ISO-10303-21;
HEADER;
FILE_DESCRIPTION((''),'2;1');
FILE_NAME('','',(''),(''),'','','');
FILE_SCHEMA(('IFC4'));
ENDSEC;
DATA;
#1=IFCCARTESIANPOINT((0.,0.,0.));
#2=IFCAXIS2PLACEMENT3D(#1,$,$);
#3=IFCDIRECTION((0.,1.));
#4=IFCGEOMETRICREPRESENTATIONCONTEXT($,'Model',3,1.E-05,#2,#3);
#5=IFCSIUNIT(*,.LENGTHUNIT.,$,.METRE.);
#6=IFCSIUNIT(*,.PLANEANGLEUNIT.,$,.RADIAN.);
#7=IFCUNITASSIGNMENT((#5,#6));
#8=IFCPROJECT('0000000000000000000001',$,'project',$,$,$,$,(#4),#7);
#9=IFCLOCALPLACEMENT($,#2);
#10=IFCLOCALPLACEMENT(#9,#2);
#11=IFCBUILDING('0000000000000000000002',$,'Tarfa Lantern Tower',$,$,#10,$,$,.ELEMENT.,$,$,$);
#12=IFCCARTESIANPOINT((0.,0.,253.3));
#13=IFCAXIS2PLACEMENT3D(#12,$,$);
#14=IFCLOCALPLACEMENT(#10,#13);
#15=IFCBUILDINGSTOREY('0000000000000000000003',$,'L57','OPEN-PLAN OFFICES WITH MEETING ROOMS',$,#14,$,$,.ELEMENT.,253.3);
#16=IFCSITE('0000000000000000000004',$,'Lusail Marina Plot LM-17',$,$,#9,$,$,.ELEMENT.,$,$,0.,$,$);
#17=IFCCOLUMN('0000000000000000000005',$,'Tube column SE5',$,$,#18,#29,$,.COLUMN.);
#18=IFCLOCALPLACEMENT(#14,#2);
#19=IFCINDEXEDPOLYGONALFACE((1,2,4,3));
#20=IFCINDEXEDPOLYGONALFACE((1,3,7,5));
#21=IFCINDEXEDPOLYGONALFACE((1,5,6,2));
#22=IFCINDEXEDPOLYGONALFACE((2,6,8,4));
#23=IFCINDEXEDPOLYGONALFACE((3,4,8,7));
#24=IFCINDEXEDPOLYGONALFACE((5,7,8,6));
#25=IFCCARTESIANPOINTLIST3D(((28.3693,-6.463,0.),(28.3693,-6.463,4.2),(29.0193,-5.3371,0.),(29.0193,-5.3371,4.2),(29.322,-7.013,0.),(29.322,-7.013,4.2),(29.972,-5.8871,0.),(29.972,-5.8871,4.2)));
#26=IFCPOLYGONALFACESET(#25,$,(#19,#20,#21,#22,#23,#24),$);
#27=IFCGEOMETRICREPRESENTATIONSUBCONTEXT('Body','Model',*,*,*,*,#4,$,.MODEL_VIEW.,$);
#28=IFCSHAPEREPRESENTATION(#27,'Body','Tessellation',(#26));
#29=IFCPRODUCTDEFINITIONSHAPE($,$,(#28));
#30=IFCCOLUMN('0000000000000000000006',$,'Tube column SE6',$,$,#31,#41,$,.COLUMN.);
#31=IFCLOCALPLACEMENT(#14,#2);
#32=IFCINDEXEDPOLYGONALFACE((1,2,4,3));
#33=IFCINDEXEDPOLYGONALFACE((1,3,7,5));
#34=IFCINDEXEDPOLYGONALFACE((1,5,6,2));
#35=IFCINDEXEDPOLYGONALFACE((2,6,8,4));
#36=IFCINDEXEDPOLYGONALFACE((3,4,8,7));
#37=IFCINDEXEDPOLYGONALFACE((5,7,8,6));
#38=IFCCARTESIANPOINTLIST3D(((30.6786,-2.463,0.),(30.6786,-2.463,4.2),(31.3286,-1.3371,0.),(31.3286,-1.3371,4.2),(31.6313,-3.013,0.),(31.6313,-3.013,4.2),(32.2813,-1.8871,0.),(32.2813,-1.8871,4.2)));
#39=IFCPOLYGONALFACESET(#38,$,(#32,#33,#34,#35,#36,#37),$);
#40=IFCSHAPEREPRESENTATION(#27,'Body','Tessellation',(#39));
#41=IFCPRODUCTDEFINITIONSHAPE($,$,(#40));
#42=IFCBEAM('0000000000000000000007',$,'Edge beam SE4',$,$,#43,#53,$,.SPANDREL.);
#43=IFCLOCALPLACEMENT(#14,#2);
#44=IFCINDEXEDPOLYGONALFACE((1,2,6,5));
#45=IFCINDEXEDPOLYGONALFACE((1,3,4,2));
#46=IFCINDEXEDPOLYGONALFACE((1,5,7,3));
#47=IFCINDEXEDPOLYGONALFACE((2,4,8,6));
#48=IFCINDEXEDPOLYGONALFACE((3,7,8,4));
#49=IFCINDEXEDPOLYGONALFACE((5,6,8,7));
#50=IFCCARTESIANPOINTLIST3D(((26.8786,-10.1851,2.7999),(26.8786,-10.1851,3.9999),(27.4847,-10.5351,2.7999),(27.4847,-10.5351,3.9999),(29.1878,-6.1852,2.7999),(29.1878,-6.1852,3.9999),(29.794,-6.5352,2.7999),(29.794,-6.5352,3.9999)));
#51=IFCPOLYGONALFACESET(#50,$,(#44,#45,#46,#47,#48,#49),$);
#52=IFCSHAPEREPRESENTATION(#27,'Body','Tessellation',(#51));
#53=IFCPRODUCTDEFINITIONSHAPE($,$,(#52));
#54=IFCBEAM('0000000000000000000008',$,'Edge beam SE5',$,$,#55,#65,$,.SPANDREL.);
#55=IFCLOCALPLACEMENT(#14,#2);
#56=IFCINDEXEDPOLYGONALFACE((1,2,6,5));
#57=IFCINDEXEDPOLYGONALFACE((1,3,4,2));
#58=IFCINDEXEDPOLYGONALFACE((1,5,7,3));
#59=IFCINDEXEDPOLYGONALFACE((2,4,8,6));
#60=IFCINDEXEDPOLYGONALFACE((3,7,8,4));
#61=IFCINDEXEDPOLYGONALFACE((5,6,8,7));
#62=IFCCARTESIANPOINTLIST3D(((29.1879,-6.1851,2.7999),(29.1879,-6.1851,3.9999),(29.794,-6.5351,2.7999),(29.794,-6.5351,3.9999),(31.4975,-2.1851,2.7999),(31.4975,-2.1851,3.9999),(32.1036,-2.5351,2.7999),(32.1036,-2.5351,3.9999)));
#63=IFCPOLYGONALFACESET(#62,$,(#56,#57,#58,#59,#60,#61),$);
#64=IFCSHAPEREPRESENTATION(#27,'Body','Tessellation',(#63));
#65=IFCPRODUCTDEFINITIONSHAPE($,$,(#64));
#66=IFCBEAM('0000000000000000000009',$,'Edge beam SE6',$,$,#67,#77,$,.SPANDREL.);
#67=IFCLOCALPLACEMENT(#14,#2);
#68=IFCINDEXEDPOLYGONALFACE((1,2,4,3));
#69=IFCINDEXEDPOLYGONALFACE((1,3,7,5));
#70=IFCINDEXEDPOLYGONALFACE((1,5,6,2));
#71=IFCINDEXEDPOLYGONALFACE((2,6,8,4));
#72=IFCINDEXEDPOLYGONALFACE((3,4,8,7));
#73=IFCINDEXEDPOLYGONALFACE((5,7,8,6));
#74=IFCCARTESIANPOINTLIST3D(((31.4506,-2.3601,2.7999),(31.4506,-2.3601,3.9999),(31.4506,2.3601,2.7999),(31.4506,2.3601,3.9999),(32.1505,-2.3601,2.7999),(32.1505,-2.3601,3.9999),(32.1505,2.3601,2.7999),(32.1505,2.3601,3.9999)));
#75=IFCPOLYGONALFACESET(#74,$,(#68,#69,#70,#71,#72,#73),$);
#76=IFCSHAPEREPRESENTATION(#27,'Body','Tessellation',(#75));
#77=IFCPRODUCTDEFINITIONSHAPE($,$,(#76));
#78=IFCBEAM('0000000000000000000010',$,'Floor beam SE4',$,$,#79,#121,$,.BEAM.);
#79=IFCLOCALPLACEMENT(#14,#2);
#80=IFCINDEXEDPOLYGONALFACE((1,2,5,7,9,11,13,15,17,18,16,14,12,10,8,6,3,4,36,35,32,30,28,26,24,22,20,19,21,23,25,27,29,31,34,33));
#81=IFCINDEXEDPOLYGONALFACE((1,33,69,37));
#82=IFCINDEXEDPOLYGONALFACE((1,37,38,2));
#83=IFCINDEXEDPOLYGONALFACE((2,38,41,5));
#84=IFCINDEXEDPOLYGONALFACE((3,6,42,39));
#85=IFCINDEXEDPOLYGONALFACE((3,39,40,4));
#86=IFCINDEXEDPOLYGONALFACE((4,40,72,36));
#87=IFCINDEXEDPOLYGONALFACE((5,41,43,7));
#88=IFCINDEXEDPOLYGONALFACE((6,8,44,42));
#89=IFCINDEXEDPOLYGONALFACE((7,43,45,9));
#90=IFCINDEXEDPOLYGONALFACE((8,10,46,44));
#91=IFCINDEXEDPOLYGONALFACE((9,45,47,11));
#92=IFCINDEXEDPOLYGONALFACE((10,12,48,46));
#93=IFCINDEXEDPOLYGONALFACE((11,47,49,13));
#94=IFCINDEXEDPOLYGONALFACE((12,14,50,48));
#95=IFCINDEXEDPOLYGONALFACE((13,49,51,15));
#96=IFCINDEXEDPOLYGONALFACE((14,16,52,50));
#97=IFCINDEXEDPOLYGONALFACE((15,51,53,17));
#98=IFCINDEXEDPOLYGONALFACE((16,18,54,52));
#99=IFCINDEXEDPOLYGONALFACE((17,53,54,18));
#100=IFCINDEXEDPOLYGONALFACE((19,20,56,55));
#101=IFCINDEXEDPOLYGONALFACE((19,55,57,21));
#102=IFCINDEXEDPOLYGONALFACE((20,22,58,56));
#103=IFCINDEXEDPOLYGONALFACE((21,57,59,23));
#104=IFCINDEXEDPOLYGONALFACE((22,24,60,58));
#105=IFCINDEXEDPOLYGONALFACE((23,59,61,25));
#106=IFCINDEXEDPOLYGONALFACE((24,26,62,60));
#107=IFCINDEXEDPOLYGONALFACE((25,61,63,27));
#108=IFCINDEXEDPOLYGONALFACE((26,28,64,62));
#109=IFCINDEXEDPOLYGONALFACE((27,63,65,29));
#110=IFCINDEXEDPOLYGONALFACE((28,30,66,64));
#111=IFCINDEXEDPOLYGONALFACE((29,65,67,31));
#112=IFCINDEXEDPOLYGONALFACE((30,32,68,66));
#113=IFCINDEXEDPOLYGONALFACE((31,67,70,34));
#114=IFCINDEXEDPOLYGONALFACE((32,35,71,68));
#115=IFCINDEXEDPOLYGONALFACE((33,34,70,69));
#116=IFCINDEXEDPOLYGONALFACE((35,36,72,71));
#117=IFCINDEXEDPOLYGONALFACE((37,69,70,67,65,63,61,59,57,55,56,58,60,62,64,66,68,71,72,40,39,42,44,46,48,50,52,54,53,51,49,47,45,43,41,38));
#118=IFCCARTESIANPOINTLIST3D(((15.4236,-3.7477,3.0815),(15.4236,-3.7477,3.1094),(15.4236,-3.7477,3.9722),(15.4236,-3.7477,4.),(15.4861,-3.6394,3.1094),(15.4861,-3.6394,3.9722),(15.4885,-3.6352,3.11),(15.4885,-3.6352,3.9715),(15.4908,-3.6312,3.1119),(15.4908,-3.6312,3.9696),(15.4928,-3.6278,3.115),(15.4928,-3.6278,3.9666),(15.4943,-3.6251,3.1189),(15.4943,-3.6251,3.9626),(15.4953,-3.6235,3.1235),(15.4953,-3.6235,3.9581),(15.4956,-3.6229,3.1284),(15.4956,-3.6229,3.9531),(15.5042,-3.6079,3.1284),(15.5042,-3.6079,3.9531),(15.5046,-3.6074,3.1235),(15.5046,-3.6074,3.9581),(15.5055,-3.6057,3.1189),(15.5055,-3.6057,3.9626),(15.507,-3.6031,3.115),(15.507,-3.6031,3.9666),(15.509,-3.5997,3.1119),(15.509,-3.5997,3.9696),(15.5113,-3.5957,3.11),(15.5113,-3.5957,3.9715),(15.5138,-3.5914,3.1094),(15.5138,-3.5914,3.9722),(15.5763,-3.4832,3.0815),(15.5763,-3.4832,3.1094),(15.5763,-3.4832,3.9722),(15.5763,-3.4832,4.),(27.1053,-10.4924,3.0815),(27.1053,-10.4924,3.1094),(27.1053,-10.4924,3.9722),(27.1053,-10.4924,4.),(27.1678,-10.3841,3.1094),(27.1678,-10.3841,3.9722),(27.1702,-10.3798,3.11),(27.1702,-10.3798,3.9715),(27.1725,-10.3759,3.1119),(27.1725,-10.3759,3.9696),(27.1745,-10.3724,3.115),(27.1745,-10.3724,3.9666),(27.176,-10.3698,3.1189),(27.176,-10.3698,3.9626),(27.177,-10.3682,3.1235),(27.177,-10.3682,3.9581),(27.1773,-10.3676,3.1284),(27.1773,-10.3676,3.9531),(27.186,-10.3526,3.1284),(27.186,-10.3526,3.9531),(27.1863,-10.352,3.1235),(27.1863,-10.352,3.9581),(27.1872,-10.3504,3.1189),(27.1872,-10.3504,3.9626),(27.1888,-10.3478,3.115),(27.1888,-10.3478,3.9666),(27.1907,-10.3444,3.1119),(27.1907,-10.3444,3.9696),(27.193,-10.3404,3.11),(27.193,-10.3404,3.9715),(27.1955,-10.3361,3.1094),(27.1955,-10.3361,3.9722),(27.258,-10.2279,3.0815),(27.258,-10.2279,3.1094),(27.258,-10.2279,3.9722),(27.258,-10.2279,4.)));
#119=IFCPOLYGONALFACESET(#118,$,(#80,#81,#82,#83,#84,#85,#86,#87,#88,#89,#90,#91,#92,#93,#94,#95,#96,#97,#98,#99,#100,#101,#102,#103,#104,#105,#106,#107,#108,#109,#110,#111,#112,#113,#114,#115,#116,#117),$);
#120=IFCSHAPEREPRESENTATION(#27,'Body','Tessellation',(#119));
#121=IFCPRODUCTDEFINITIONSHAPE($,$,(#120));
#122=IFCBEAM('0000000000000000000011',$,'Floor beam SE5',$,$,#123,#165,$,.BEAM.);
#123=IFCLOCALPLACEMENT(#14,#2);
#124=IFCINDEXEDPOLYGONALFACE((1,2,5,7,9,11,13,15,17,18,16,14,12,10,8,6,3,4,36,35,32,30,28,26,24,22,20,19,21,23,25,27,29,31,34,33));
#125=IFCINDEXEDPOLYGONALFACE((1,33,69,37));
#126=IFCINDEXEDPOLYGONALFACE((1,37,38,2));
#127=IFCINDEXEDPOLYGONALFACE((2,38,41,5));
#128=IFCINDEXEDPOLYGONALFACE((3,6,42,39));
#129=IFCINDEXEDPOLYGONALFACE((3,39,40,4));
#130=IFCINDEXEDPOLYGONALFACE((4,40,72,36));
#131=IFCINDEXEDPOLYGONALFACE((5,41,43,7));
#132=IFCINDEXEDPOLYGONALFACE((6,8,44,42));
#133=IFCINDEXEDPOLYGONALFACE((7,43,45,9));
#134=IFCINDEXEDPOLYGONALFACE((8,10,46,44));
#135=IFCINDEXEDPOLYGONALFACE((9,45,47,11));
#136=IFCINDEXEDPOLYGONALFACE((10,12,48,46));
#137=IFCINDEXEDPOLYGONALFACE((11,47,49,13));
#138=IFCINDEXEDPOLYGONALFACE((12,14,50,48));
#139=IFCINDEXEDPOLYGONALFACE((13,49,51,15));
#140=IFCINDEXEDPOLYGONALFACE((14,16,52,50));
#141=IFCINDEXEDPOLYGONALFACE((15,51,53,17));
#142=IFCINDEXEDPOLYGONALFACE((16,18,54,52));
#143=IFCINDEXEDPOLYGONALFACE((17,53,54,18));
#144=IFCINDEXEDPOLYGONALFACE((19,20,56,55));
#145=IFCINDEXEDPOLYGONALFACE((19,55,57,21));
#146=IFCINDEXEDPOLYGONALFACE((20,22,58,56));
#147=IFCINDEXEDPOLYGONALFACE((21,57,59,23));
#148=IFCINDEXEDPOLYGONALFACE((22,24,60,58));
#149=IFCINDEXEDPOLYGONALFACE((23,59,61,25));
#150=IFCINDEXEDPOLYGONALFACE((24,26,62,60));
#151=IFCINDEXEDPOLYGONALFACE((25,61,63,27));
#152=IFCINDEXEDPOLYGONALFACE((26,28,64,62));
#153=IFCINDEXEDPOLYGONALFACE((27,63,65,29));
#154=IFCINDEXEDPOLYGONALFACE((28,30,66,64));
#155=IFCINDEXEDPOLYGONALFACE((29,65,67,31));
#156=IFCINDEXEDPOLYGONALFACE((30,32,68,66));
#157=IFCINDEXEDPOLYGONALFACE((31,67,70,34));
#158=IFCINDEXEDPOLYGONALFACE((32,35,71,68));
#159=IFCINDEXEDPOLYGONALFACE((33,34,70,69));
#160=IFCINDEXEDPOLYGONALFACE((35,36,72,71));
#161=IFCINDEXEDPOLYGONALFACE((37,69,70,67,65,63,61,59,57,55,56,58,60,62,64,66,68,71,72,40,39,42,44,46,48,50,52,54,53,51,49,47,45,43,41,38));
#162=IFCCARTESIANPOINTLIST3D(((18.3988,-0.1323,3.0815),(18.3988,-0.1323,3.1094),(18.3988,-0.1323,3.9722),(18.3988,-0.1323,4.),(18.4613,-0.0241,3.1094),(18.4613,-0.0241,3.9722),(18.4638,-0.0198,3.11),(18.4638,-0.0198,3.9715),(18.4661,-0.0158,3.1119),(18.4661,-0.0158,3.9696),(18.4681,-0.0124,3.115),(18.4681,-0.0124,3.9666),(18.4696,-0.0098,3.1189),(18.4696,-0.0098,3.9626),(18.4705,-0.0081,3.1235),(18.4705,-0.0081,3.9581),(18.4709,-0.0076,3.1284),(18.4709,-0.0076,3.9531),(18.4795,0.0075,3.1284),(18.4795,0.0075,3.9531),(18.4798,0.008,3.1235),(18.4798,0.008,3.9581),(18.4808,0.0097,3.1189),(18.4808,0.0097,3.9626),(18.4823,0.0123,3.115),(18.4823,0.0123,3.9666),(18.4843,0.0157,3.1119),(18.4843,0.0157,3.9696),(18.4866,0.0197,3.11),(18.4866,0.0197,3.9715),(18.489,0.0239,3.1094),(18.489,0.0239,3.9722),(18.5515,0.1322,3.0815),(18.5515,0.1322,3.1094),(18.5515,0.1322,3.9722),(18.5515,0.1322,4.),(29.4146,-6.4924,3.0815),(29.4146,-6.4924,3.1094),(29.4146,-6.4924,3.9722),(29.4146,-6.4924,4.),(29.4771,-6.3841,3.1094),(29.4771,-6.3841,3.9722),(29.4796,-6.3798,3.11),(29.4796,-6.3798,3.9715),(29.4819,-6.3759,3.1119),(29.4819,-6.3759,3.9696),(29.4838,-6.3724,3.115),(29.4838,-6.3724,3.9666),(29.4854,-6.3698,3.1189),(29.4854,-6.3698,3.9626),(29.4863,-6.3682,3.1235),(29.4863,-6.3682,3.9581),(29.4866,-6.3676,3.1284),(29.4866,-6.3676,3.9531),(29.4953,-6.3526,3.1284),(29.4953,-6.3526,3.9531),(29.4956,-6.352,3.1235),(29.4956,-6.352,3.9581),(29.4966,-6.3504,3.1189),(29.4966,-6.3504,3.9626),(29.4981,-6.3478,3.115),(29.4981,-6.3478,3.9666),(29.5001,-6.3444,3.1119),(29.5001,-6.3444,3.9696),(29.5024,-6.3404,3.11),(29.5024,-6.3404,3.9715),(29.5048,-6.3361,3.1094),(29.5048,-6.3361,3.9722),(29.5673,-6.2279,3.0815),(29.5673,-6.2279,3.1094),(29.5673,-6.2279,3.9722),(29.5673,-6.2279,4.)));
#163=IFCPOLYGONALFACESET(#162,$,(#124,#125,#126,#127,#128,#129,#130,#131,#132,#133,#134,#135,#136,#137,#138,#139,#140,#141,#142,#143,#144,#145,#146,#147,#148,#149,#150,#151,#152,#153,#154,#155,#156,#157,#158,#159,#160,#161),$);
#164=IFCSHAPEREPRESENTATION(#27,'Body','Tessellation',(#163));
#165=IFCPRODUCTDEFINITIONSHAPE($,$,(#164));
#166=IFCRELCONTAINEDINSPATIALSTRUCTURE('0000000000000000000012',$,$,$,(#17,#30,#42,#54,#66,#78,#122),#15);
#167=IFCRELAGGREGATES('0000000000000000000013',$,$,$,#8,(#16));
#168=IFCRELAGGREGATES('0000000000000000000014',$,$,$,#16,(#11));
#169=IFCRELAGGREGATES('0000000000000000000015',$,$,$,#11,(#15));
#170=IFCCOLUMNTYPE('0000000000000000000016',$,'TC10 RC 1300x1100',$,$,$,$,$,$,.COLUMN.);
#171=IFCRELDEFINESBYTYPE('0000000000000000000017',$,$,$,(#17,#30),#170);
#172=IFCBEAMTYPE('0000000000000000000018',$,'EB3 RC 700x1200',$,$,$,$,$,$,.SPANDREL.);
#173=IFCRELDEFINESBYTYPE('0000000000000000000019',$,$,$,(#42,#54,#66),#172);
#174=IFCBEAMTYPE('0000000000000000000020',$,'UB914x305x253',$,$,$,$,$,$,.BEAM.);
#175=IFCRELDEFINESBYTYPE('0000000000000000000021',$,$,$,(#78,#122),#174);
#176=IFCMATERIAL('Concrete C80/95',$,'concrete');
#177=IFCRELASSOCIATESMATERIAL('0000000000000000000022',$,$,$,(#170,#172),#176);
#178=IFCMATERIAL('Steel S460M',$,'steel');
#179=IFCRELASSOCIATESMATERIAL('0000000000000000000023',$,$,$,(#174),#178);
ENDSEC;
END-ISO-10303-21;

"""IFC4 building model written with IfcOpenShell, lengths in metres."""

from ifc_helpers import new_model, si_unit, direction, frame, origin, origin_2d, place, context, subcontext, project, spatial, rectangle, i_section, extrude, material, material_profile, profile_set, type_object, element, save


model = new_model("IFC4")

# Units and contexts
model_context = context("Model", 3, precision=1e-05, world=origin(), true_north=direction((0.0, 1.0)))
body_context = subcontext(model_context, "Body", "Model", "MODEL_VIEW")
ifc_project = project(units=[si_unit("LENGTHUNIT", "METRE"), si_unit("PLANEANGLEUNIT", "RADIAN")], contexts=[model_context])

# Site, building, storey
site_placement = place(None, origin())
site = spatial("IfcSite", under=ifc_project, at=site_placement, Name="Lusail Marina Plot LM-17", CompositionType="ELEMENT", RefElevation=0.0)
building_placement = place(site_placement, origin())
building = spatial("IfcBuilding", under=site, at=building_placement, Name="Tarfa Lantern Tower", CompositionType="ELEMENT")
storey_placement = place(building_placement, frame((0.0, 0.0, 253.3)))
storey = spatial("IfcBuildingStorey", under=building, at=storey_placement, Name="L57", Description="OPEN-PLAN OFFICES WITH MEETING ROOMS", CompositionType="ELEMENT", Elevation=253.3)

# Columns
ifc_material_1 = material(Name="Concrete C80/95", Category="concrete")
ifc_material_profile_1 = material_profile(ifc_material_1, rectangle(XDim=1.3, YDim=1.1001, at=origin_2d()), Name="RC 1300x1100")
ifc_profile_set_1 = profile_set([ifc_material_profile_1], Name="Concrete C80/95")
column_type = type_object("IfcColumnType", Name="TC10 RC 1300x1100", PredefinedType="COLUMN", material=ifc_profile_set_1)
for number, where, z_axis, x_axis, name in (
    (1, (29.1707, -6.175, 0.0), (0.0, 0.0, 1.0), (0.5, 0.866025, 0.0), "Tube column SE5"),
    (2, (31.48, -2.175, 0.0), (0.0, 0.0, 1.0), (0.5, 0.866025, 0.0), "Tube column SE6"),
):
    element("IfcColumn", number, at=place(storey_placement, frame(where, z_axis=z_axis, x_axis=x_axis)), inside=storey, type_object=column_type, Name=name, PredefinedType="COLUMN", context=body_context, shape_type="SweptSolid", body=[
        extrude(rectangle(XDim=1.3, YDim=1.1001, at=origin_2d()), origin(), (0.0, 0.0, 1.0), 4.2),
    ])

# Beams
ifc_material_profile_2 = material_profile(ifc_material_1, rectangle(XDim=0.7, YDim=1.2, at=origin_2d()), Name="RC 700x1200")
ifc_profile_set_2 = profile_set([ifc_material_profile_2], Name="Concrete C80/95")
beam_type_1 = type_object("IfcBeamType", Name="EB3 RC 700x1200", PredefinedType="SPANDREL", material=ifc_profile_set_2)
beam_1_placement = place(storey_placement, frame((27.1816, -10.3601, 3.3999), z_axis=(0.499988, 0.866032, 0.0), x_axis=(-0.866032, 0.499988, 0.0)))
element("IfcBeam", 3, at=beam_1_placement, inside=storey, type_object=beam_type_1, Name="Edge beam SE4", PredefinedType="SPANDREL", context=body_context, shape_type="SweptSolid", body=[
    extrude(rectangle(XDim=0.7, YDim=1.2, at=origin_2d()), origin(), (0.0, 0.0, 1.0), 4.6187),
])
beam_2_placement = place(storey_placement, frame((29.491, -6.3601, 3.3999), z_axis=(0.500027, 0.86601, 0.0), x_axis=(-0.86601, 0.500027, 0.0)))
element("IfcBeam", 4, at=beam_2_placement, inside=storey, type_object=beam_type_1, Name="Edge beam SE5", PredefinedType="SPANDREL", context=body_context, shape_type="SweptSolid", body=[
    extrude(rectangle(XDim=0.7, YDim=1.2, at=origin_2d()), origin(), (0.0, 0.0, 1.0), 4.6189),
])
beam_3_placement = place(storey_placement, frame((31.8005, -2.3601, 3.3999), z_axis=(0.0, 1.0, 0.0), x_axis=(-1.0, 0.0, 0.0)))
element("IfcBeam", 5, at=beam_3_placement, inside=storey, type_object=beam_type_1, Name="Edge beam SE6", PredefinedType="SPANDREL", context=body_context, shape_type="SweptSolid", body=[
    extrude(rectangle(XDim=0.7, YDim=1.2, at=origin_2d()), origin(), (0.0, 0.0, 1.0), 4.7202),
])
ifc_material_2 = material(Name="Steel S460M", Category="steel")
ifc_material_profile_3 = material_profile(ifc_material_2, i_section(OverallWidth=0.3054, OverallDepth=0.9185, WebThickness=0.0173, FlangeThickness=0.0278, FilletRadius=0.019, at=origin_2d()), Name="UB914x305x253")
ifc_profile_set_3 = profile_set([ifc_material_profile_3], Name="Steel S460M")
beam_type_2 = type_object("IfcBeamType", Name="UB914x305x253", PredefinedType="BEAM", material=ifc_profile_set_3)
beam_4_placement = place(storey_placement, frame((27.1816, -10.3601, 3.5408), z_axis=(-0.866018, 0.500013, 0.0), x_axis=(-0.500013, -0.866018, 0.0)))
element("IfcBeam", 6, at=beam_4_placement, inside=storey, type_object=beam_type_2, Name="Floor beam SE4", PredefinedType="BEAM", context=body_context, shape_type="SweptSolid", body=[
    extrude(i_section(OverallWidth=0.3054, OverallDepth=0.9185, WebThickness=0.0173, FlangeThickness=0.0278, FilletRadius=0.019, at=origin_2d()), origin(), (0.0, 0.0, 1.0), 13.489),
])
beam_5_placement = place(storey_placement, frame((29.491, -6.3601, 3.5408), z_axis=(-0.866022, 0.500005, 0.0), x_axis=(-0.500005, -0.866022, 0.0)))
element("IfcBeam", 7, at=beam_5_placement, inside=storey, type_object=beam_type_2, Name="Floor beam SE5", PredefinedType="BEAM", context=body_context, shape_type="SweptSolid", body=[
    extrude(i_section(OverallWidth=0.3054, OverallDepth=0.9185, WebThickness=0.0173, FlangeThickness=0.0278, FilletRadius=0.019, at=origin_2d()), origin(), (0.0, 0.0, 1.0), 12.72),
])

save(model, "model.ifc")
